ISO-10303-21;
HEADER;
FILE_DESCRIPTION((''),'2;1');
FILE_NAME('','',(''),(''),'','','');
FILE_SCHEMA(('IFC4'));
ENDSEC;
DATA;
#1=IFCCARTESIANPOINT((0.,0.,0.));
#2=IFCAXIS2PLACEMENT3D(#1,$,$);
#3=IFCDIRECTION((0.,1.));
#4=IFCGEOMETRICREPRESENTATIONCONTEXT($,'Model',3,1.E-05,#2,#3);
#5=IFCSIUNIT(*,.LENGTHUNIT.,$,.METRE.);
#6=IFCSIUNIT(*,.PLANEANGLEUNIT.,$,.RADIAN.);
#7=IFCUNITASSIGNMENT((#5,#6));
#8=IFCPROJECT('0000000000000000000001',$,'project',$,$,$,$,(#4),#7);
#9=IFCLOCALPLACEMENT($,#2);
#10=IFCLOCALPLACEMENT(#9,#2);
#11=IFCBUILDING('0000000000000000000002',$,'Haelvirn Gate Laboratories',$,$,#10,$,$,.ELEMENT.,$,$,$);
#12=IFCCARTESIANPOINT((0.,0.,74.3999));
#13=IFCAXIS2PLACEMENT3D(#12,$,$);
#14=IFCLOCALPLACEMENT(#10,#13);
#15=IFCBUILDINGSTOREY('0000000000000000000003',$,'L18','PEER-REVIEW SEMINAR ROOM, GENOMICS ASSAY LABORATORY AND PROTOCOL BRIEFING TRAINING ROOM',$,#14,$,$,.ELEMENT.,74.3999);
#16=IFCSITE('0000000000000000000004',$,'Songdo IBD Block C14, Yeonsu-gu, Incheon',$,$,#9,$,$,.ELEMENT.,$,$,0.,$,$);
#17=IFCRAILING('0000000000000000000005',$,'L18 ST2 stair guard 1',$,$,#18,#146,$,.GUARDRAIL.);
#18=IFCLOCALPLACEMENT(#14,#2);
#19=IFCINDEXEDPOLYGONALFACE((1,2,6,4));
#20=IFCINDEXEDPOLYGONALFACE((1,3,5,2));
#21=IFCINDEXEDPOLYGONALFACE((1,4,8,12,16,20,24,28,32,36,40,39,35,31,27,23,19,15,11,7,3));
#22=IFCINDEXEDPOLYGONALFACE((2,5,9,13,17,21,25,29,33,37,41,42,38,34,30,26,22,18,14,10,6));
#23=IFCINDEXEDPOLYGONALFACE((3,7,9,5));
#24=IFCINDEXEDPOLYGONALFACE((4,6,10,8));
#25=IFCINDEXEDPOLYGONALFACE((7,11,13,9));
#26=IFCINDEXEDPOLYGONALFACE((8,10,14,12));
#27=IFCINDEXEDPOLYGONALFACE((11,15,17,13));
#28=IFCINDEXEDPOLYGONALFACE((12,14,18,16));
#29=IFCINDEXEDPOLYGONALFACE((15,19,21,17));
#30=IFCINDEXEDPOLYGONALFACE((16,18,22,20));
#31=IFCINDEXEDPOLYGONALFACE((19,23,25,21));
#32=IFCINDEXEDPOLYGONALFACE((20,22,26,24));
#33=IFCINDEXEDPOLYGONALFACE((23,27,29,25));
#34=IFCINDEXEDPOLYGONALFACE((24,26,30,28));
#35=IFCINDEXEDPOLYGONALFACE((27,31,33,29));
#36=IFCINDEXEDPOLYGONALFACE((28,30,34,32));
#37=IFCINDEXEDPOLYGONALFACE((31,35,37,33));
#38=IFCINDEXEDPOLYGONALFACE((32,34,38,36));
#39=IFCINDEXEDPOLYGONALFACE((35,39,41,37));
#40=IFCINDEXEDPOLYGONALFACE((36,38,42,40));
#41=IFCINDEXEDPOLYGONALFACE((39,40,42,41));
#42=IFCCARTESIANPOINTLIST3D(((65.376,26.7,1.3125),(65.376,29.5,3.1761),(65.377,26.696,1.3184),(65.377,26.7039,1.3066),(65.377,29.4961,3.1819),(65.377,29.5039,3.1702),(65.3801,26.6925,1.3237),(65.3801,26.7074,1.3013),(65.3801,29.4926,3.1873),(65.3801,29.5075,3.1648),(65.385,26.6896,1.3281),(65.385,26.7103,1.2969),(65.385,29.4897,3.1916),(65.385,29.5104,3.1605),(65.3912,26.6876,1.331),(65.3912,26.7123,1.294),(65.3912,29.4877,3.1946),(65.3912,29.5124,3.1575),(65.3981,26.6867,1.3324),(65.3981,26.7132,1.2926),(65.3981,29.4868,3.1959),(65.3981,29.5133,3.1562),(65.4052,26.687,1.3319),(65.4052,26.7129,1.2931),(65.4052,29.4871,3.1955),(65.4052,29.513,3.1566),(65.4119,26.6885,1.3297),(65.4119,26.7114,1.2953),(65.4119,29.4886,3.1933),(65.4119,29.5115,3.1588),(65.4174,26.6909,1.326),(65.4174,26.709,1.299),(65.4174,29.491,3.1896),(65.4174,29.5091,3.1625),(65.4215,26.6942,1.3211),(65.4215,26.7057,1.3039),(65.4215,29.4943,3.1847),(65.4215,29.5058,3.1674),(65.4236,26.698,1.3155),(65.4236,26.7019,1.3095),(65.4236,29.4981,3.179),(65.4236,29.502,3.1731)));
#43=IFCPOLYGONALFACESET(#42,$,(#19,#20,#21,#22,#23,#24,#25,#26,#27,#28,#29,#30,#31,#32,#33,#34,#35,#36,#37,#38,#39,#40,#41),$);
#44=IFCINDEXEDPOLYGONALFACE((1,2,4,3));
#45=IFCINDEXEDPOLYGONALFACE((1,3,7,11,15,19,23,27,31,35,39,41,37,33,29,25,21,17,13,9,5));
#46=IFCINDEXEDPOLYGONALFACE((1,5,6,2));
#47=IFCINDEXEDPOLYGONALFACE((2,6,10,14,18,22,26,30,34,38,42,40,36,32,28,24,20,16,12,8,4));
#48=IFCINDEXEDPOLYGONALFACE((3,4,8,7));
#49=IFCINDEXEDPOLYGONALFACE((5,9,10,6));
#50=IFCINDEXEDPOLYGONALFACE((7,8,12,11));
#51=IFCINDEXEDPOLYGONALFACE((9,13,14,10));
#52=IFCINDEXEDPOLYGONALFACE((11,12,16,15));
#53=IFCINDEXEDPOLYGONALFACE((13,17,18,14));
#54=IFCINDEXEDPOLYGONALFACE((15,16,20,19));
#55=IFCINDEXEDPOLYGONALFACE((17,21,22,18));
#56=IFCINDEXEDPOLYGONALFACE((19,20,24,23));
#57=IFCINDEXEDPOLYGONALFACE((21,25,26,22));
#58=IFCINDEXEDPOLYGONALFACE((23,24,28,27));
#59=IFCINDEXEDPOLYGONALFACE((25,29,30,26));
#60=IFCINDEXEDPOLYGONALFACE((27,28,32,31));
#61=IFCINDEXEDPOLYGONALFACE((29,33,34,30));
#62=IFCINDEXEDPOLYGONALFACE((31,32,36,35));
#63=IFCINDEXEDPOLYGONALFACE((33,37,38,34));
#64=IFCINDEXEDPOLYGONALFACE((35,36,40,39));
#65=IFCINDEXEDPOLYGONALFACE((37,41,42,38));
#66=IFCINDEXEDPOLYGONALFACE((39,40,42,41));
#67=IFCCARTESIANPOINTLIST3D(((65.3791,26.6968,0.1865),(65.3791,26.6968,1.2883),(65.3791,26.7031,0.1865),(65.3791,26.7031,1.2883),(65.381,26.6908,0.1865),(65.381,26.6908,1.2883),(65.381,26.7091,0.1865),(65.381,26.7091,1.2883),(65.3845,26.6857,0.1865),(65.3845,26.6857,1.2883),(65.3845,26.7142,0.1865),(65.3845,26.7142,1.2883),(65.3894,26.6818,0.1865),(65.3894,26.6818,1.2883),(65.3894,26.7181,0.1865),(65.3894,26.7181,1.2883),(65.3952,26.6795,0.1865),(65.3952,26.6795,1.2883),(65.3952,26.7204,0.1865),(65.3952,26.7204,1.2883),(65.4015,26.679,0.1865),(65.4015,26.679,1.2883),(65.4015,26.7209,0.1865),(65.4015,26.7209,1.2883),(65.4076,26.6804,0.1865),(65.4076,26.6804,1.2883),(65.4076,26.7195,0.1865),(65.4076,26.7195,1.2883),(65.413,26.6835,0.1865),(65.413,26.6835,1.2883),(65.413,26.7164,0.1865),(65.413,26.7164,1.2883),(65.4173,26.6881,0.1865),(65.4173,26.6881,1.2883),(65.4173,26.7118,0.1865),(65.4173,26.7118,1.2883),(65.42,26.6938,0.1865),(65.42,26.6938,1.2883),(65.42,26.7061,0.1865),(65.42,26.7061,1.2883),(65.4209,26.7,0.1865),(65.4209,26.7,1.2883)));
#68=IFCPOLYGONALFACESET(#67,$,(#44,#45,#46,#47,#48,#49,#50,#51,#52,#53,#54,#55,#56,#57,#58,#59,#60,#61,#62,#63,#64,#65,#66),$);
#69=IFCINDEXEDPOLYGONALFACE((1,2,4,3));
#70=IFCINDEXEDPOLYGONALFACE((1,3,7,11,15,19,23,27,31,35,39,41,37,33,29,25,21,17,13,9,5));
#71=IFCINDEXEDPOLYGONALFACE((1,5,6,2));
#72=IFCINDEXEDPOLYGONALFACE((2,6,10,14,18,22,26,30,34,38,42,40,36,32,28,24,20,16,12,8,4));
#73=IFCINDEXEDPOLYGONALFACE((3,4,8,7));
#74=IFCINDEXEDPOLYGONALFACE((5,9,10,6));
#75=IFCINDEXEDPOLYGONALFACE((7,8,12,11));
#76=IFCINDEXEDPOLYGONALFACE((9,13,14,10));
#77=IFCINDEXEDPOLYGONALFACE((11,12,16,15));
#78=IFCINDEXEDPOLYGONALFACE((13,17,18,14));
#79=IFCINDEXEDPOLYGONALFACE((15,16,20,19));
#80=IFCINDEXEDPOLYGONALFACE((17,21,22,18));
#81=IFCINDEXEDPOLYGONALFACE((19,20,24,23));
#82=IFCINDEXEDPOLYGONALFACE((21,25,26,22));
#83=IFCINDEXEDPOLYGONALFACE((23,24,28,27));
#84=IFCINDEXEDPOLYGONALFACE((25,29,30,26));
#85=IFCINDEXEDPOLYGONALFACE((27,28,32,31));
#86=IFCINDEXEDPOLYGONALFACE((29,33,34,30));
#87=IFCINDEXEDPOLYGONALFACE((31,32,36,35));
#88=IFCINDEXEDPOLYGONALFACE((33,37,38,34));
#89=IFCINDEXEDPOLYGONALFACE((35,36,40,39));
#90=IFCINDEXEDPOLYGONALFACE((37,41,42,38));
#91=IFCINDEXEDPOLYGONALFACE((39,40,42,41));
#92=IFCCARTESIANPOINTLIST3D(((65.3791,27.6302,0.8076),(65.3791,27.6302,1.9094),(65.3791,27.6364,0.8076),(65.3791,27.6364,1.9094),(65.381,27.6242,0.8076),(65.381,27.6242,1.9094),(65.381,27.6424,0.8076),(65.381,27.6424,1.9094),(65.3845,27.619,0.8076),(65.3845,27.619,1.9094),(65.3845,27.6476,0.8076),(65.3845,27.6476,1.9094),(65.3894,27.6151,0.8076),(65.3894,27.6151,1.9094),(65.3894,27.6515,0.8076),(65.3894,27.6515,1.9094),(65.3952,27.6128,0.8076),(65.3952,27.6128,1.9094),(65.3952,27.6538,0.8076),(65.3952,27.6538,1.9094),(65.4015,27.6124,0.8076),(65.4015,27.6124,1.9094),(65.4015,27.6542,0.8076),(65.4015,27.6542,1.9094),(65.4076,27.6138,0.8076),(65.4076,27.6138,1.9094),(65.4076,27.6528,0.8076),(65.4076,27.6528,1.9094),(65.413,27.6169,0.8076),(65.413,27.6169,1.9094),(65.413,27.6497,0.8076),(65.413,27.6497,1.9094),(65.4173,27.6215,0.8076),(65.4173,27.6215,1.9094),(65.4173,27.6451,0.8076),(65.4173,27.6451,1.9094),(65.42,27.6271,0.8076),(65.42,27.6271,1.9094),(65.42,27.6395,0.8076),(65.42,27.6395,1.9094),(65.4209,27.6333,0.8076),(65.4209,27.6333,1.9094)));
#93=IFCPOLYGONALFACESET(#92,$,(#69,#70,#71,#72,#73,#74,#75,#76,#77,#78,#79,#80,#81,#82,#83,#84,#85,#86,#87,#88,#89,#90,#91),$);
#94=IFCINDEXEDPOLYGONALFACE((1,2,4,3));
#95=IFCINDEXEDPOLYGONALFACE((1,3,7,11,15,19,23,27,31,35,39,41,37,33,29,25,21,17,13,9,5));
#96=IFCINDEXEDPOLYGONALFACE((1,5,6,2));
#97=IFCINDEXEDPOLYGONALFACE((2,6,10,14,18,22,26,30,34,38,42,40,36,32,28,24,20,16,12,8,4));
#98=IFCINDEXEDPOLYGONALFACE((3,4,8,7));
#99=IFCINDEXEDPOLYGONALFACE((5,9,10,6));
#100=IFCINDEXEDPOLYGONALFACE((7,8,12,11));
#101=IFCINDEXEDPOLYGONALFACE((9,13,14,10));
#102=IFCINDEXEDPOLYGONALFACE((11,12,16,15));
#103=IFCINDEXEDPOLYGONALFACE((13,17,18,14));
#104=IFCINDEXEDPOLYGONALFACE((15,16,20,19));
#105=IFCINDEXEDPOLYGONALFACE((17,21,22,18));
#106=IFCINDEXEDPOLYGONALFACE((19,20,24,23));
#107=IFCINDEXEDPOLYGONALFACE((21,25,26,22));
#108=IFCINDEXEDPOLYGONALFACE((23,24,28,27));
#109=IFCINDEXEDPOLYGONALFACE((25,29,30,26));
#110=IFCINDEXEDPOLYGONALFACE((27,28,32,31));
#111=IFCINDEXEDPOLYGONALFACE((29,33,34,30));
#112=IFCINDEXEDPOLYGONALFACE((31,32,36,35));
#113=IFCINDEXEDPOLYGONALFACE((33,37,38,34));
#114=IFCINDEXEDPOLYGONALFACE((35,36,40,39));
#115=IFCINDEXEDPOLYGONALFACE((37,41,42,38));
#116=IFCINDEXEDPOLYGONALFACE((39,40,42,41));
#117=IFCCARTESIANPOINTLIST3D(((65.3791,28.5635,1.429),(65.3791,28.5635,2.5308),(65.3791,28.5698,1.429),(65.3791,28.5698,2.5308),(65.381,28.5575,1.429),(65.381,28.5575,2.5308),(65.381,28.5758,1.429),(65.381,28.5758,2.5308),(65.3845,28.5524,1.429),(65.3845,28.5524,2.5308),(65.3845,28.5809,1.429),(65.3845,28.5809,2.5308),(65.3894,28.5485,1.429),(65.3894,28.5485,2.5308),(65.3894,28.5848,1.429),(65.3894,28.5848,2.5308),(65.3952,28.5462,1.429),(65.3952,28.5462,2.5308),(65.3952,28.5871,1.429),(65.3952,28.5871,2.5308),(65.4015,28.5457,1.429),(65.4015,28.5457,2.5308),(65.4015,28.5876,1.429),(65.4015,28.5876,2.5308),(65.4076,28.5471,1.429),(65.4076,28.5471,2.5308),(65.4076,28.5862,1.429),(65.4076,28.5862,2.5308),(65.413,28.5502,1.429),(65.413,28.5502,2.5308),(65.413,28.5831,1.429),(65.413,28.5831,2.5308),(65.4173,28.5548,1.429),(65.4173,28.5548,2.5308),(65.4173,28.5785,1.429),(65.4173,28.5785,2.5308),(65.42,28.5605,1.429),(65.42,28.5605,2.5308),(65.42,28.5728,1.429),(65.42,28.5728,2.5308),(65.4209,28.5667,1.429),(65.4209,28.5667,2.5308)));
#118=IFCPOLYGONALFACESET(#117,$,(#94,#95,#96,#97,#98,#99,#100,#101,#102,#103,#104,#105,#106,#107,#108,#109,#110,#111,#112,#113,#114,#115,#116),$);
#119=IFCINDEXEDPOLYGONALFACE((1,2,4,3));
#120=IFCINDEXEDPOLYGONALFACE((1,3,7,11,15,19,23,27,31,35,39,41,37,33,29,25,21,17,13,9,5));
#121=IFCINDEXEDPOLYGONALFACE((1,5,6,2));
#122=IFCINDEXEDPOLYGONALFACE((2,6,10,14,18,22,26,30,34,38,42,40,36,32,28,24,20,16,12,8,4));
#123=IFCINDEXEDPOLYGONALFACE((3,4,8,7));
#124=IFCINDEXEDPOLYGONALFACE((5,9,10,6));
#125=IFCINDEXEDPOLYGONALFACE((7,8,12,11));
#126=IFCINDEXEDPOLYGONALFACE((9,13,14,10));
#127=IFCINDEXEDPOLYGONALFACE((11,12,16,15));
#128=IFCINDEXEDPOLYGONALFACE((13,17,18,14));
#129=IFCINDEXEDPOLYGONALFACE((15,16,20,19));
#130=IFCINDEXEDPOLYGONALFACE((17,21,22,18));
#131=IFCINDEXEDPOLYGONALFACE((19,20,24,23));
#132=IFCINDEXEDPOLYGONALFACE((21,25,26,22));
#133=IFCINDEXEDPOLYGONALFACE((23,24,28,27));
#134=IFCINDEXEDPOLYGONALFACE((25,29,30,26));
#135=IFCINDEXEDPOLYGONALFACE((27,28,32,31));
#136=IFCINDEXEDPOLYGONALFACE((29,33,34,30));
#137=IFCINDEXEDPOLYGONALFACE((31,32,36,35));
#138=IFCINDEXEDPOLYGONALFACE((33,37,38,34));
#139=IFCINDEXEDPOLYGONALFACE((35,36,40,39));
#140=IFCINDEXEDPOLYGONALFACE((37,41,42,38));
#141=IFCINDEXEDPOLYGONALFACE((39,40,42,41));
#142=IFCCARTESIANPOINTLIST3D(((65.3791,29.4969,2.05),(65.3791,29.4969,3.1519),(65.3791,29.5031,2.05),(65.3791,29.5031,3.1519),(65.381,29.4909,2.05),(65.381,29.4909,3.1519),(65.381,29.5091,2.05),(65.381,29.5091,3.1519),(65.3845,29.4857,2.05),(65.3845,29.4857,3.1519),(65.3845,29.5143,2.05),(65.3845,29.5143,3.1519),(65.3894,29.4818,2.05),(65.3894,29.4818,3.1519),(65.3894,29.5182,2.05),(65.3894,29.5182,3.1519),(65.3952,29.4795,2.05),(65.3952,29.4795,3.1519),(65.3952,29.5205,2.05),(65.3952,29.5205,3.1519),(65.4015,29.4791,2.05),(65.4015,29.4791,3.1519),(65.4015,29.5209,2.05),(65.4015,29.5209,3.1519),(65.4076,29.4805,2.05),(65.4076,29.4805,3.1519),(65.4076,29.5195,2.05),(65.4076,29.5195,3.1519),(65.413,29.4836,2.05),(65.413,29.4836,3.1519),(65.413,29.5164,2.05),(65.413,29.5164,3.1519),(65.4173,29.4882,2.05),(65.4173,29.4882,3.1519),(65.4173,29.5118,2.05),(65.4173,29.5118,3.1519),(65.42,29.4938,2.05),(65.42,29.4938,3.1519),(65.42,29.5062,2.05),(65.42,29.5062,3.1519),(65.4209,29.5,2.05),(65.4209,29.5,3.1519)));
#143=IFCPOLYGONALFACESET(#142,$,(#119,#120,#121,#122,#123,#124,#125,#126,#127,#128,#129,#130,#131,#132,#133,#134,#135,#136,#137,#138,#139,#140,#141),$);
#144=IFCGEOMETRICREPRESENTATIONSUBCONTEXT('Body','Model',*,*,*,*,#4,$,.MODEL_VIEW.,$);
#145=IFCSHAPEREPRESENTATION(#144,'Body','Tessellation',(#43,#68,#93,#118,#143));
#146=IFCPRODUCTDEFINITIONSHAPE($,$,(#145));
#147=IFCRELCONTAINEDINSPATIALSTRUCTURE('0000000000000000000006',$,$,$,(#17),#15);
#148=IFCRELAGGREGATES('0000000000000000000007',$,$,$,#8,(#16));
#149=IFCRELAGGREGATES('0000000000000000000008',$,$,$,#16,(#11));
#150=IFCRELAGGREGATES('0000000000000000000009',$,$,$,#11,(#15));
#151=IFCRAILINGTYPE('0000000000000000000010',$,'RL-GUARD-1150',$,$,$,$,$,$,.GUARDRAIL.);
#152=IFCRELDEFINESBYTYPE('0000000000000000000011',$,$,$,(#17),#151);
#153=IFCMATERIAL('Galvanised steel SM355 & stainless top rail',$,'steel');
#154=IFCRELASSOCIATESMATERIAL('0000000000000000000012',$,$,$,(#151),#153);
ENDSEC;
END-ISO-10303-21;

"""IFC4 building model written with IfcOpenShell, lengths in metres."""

from ifc_helpers import new_model, si_unit, direction, frame, origin, origin_2d, place, context, subcontext, project, spatial, circle, extrude, source, transform, mapped, material, type_object, element, save


model = new_model("IFC4")

# Units and contexts
model_context = context("Model", 3, precision=1e-05, world=origin(), true_north=direction((0.0, 1.0)))
body_context = subcontext(model_context, "Body", "Model", "MODEL_VIEW")
ifc_project = project(units=[si_unit("LENGTHUNIT", "METRE"), si_unit("PLANEANGLEUNIT", "RADIAN")], contexts=[model_context])

# Site, building, storey
site_placement = place(None, origin())
site = spatial("IfcSite", under=ifc_project, at=site_placement, Name="Songdo IBD Block C14, Yeonsu-gu, Incheon", CompositionType="ELEMENT", RefElevation=0.0)
building_placement = place(site_placement, origin())
building = spatial("IfcBuilding", under=site, at=building_placement, Name="Haelvirn Gate Laboratories", CompositionType="ELEMENT")
storey_placement = place(building_placement, frame((0.0, 0.0, 74.3999)))
storey = spatial("IfcBuildingStorey", under=building, at=storey_placement, Name="L18", Description="PEER-REVIEW SEMINAR ROOM, GENOMICS ASSAY LABORATORY AND PROTOCOL BRIEFING TRAINING ROOM", CompositionType="ELEMENT", Elevation=74.3999)

# Railing
ifc_material_1 = material(Name="Galvanised steel SM355 & stainless top rail", Category="steel")
railing_type_1 = type_object("IfcRailingType", Name="RL-GUARD-1150", PredefinedType="GUARDRAIL", material=ifc_material_1)
shared_shape_1 = source(origin(), body_context, "Body", "SweptSolid", [
    extrude(circle(Radius=0.0239, at=origin_2d()), frame((0.0, 0.0, 1.126), z_axis=(0.0, 0.832486, 0.554047), x_axis=(-1.0, 0.0, 0.0)), (0.0, 0.0, 1.0), 3.3635),
    extrude(circle(Radius=0.021, at=origin_2d()), origin(), (0.0, 0.0, 1.0), 1.1018),
    extrude(circle(Radius=0.021, at=origin_2d()), frame((0.0, 0.9333, 0.6211)), (0.0, 0.0, 1.0), 1.1018),
    extrude(circle(Radius=0.021, at=origin_2d()), frame((0.0, 1.8667, 1.2424)), (0.0, 0.0, 1.0), 1.1018),
    extrude(circle(Radius=0.021, at=origin_2d()), frame((0.0, 2.8, 1.8635)), (0.0, 0.0, 1.0), 1.1018),
])
railing_1_placement = place(storey_placement, frame((65.3999, 26.7, 0.1865)))
element("IfcRailing", 1, at=railing_1_placement, inside=storey, type_object=railing_type_1, Name="L18 ST2 stair guard 1", PredefinedType="GUARDRAIL", context=body_context, shape_type="MappedRepresentation", body=[
    mapped(shared_shape_1, transform((0.0, 0.0, 0.0), scale=1.0)),
])

save(model, "model.ifc")
